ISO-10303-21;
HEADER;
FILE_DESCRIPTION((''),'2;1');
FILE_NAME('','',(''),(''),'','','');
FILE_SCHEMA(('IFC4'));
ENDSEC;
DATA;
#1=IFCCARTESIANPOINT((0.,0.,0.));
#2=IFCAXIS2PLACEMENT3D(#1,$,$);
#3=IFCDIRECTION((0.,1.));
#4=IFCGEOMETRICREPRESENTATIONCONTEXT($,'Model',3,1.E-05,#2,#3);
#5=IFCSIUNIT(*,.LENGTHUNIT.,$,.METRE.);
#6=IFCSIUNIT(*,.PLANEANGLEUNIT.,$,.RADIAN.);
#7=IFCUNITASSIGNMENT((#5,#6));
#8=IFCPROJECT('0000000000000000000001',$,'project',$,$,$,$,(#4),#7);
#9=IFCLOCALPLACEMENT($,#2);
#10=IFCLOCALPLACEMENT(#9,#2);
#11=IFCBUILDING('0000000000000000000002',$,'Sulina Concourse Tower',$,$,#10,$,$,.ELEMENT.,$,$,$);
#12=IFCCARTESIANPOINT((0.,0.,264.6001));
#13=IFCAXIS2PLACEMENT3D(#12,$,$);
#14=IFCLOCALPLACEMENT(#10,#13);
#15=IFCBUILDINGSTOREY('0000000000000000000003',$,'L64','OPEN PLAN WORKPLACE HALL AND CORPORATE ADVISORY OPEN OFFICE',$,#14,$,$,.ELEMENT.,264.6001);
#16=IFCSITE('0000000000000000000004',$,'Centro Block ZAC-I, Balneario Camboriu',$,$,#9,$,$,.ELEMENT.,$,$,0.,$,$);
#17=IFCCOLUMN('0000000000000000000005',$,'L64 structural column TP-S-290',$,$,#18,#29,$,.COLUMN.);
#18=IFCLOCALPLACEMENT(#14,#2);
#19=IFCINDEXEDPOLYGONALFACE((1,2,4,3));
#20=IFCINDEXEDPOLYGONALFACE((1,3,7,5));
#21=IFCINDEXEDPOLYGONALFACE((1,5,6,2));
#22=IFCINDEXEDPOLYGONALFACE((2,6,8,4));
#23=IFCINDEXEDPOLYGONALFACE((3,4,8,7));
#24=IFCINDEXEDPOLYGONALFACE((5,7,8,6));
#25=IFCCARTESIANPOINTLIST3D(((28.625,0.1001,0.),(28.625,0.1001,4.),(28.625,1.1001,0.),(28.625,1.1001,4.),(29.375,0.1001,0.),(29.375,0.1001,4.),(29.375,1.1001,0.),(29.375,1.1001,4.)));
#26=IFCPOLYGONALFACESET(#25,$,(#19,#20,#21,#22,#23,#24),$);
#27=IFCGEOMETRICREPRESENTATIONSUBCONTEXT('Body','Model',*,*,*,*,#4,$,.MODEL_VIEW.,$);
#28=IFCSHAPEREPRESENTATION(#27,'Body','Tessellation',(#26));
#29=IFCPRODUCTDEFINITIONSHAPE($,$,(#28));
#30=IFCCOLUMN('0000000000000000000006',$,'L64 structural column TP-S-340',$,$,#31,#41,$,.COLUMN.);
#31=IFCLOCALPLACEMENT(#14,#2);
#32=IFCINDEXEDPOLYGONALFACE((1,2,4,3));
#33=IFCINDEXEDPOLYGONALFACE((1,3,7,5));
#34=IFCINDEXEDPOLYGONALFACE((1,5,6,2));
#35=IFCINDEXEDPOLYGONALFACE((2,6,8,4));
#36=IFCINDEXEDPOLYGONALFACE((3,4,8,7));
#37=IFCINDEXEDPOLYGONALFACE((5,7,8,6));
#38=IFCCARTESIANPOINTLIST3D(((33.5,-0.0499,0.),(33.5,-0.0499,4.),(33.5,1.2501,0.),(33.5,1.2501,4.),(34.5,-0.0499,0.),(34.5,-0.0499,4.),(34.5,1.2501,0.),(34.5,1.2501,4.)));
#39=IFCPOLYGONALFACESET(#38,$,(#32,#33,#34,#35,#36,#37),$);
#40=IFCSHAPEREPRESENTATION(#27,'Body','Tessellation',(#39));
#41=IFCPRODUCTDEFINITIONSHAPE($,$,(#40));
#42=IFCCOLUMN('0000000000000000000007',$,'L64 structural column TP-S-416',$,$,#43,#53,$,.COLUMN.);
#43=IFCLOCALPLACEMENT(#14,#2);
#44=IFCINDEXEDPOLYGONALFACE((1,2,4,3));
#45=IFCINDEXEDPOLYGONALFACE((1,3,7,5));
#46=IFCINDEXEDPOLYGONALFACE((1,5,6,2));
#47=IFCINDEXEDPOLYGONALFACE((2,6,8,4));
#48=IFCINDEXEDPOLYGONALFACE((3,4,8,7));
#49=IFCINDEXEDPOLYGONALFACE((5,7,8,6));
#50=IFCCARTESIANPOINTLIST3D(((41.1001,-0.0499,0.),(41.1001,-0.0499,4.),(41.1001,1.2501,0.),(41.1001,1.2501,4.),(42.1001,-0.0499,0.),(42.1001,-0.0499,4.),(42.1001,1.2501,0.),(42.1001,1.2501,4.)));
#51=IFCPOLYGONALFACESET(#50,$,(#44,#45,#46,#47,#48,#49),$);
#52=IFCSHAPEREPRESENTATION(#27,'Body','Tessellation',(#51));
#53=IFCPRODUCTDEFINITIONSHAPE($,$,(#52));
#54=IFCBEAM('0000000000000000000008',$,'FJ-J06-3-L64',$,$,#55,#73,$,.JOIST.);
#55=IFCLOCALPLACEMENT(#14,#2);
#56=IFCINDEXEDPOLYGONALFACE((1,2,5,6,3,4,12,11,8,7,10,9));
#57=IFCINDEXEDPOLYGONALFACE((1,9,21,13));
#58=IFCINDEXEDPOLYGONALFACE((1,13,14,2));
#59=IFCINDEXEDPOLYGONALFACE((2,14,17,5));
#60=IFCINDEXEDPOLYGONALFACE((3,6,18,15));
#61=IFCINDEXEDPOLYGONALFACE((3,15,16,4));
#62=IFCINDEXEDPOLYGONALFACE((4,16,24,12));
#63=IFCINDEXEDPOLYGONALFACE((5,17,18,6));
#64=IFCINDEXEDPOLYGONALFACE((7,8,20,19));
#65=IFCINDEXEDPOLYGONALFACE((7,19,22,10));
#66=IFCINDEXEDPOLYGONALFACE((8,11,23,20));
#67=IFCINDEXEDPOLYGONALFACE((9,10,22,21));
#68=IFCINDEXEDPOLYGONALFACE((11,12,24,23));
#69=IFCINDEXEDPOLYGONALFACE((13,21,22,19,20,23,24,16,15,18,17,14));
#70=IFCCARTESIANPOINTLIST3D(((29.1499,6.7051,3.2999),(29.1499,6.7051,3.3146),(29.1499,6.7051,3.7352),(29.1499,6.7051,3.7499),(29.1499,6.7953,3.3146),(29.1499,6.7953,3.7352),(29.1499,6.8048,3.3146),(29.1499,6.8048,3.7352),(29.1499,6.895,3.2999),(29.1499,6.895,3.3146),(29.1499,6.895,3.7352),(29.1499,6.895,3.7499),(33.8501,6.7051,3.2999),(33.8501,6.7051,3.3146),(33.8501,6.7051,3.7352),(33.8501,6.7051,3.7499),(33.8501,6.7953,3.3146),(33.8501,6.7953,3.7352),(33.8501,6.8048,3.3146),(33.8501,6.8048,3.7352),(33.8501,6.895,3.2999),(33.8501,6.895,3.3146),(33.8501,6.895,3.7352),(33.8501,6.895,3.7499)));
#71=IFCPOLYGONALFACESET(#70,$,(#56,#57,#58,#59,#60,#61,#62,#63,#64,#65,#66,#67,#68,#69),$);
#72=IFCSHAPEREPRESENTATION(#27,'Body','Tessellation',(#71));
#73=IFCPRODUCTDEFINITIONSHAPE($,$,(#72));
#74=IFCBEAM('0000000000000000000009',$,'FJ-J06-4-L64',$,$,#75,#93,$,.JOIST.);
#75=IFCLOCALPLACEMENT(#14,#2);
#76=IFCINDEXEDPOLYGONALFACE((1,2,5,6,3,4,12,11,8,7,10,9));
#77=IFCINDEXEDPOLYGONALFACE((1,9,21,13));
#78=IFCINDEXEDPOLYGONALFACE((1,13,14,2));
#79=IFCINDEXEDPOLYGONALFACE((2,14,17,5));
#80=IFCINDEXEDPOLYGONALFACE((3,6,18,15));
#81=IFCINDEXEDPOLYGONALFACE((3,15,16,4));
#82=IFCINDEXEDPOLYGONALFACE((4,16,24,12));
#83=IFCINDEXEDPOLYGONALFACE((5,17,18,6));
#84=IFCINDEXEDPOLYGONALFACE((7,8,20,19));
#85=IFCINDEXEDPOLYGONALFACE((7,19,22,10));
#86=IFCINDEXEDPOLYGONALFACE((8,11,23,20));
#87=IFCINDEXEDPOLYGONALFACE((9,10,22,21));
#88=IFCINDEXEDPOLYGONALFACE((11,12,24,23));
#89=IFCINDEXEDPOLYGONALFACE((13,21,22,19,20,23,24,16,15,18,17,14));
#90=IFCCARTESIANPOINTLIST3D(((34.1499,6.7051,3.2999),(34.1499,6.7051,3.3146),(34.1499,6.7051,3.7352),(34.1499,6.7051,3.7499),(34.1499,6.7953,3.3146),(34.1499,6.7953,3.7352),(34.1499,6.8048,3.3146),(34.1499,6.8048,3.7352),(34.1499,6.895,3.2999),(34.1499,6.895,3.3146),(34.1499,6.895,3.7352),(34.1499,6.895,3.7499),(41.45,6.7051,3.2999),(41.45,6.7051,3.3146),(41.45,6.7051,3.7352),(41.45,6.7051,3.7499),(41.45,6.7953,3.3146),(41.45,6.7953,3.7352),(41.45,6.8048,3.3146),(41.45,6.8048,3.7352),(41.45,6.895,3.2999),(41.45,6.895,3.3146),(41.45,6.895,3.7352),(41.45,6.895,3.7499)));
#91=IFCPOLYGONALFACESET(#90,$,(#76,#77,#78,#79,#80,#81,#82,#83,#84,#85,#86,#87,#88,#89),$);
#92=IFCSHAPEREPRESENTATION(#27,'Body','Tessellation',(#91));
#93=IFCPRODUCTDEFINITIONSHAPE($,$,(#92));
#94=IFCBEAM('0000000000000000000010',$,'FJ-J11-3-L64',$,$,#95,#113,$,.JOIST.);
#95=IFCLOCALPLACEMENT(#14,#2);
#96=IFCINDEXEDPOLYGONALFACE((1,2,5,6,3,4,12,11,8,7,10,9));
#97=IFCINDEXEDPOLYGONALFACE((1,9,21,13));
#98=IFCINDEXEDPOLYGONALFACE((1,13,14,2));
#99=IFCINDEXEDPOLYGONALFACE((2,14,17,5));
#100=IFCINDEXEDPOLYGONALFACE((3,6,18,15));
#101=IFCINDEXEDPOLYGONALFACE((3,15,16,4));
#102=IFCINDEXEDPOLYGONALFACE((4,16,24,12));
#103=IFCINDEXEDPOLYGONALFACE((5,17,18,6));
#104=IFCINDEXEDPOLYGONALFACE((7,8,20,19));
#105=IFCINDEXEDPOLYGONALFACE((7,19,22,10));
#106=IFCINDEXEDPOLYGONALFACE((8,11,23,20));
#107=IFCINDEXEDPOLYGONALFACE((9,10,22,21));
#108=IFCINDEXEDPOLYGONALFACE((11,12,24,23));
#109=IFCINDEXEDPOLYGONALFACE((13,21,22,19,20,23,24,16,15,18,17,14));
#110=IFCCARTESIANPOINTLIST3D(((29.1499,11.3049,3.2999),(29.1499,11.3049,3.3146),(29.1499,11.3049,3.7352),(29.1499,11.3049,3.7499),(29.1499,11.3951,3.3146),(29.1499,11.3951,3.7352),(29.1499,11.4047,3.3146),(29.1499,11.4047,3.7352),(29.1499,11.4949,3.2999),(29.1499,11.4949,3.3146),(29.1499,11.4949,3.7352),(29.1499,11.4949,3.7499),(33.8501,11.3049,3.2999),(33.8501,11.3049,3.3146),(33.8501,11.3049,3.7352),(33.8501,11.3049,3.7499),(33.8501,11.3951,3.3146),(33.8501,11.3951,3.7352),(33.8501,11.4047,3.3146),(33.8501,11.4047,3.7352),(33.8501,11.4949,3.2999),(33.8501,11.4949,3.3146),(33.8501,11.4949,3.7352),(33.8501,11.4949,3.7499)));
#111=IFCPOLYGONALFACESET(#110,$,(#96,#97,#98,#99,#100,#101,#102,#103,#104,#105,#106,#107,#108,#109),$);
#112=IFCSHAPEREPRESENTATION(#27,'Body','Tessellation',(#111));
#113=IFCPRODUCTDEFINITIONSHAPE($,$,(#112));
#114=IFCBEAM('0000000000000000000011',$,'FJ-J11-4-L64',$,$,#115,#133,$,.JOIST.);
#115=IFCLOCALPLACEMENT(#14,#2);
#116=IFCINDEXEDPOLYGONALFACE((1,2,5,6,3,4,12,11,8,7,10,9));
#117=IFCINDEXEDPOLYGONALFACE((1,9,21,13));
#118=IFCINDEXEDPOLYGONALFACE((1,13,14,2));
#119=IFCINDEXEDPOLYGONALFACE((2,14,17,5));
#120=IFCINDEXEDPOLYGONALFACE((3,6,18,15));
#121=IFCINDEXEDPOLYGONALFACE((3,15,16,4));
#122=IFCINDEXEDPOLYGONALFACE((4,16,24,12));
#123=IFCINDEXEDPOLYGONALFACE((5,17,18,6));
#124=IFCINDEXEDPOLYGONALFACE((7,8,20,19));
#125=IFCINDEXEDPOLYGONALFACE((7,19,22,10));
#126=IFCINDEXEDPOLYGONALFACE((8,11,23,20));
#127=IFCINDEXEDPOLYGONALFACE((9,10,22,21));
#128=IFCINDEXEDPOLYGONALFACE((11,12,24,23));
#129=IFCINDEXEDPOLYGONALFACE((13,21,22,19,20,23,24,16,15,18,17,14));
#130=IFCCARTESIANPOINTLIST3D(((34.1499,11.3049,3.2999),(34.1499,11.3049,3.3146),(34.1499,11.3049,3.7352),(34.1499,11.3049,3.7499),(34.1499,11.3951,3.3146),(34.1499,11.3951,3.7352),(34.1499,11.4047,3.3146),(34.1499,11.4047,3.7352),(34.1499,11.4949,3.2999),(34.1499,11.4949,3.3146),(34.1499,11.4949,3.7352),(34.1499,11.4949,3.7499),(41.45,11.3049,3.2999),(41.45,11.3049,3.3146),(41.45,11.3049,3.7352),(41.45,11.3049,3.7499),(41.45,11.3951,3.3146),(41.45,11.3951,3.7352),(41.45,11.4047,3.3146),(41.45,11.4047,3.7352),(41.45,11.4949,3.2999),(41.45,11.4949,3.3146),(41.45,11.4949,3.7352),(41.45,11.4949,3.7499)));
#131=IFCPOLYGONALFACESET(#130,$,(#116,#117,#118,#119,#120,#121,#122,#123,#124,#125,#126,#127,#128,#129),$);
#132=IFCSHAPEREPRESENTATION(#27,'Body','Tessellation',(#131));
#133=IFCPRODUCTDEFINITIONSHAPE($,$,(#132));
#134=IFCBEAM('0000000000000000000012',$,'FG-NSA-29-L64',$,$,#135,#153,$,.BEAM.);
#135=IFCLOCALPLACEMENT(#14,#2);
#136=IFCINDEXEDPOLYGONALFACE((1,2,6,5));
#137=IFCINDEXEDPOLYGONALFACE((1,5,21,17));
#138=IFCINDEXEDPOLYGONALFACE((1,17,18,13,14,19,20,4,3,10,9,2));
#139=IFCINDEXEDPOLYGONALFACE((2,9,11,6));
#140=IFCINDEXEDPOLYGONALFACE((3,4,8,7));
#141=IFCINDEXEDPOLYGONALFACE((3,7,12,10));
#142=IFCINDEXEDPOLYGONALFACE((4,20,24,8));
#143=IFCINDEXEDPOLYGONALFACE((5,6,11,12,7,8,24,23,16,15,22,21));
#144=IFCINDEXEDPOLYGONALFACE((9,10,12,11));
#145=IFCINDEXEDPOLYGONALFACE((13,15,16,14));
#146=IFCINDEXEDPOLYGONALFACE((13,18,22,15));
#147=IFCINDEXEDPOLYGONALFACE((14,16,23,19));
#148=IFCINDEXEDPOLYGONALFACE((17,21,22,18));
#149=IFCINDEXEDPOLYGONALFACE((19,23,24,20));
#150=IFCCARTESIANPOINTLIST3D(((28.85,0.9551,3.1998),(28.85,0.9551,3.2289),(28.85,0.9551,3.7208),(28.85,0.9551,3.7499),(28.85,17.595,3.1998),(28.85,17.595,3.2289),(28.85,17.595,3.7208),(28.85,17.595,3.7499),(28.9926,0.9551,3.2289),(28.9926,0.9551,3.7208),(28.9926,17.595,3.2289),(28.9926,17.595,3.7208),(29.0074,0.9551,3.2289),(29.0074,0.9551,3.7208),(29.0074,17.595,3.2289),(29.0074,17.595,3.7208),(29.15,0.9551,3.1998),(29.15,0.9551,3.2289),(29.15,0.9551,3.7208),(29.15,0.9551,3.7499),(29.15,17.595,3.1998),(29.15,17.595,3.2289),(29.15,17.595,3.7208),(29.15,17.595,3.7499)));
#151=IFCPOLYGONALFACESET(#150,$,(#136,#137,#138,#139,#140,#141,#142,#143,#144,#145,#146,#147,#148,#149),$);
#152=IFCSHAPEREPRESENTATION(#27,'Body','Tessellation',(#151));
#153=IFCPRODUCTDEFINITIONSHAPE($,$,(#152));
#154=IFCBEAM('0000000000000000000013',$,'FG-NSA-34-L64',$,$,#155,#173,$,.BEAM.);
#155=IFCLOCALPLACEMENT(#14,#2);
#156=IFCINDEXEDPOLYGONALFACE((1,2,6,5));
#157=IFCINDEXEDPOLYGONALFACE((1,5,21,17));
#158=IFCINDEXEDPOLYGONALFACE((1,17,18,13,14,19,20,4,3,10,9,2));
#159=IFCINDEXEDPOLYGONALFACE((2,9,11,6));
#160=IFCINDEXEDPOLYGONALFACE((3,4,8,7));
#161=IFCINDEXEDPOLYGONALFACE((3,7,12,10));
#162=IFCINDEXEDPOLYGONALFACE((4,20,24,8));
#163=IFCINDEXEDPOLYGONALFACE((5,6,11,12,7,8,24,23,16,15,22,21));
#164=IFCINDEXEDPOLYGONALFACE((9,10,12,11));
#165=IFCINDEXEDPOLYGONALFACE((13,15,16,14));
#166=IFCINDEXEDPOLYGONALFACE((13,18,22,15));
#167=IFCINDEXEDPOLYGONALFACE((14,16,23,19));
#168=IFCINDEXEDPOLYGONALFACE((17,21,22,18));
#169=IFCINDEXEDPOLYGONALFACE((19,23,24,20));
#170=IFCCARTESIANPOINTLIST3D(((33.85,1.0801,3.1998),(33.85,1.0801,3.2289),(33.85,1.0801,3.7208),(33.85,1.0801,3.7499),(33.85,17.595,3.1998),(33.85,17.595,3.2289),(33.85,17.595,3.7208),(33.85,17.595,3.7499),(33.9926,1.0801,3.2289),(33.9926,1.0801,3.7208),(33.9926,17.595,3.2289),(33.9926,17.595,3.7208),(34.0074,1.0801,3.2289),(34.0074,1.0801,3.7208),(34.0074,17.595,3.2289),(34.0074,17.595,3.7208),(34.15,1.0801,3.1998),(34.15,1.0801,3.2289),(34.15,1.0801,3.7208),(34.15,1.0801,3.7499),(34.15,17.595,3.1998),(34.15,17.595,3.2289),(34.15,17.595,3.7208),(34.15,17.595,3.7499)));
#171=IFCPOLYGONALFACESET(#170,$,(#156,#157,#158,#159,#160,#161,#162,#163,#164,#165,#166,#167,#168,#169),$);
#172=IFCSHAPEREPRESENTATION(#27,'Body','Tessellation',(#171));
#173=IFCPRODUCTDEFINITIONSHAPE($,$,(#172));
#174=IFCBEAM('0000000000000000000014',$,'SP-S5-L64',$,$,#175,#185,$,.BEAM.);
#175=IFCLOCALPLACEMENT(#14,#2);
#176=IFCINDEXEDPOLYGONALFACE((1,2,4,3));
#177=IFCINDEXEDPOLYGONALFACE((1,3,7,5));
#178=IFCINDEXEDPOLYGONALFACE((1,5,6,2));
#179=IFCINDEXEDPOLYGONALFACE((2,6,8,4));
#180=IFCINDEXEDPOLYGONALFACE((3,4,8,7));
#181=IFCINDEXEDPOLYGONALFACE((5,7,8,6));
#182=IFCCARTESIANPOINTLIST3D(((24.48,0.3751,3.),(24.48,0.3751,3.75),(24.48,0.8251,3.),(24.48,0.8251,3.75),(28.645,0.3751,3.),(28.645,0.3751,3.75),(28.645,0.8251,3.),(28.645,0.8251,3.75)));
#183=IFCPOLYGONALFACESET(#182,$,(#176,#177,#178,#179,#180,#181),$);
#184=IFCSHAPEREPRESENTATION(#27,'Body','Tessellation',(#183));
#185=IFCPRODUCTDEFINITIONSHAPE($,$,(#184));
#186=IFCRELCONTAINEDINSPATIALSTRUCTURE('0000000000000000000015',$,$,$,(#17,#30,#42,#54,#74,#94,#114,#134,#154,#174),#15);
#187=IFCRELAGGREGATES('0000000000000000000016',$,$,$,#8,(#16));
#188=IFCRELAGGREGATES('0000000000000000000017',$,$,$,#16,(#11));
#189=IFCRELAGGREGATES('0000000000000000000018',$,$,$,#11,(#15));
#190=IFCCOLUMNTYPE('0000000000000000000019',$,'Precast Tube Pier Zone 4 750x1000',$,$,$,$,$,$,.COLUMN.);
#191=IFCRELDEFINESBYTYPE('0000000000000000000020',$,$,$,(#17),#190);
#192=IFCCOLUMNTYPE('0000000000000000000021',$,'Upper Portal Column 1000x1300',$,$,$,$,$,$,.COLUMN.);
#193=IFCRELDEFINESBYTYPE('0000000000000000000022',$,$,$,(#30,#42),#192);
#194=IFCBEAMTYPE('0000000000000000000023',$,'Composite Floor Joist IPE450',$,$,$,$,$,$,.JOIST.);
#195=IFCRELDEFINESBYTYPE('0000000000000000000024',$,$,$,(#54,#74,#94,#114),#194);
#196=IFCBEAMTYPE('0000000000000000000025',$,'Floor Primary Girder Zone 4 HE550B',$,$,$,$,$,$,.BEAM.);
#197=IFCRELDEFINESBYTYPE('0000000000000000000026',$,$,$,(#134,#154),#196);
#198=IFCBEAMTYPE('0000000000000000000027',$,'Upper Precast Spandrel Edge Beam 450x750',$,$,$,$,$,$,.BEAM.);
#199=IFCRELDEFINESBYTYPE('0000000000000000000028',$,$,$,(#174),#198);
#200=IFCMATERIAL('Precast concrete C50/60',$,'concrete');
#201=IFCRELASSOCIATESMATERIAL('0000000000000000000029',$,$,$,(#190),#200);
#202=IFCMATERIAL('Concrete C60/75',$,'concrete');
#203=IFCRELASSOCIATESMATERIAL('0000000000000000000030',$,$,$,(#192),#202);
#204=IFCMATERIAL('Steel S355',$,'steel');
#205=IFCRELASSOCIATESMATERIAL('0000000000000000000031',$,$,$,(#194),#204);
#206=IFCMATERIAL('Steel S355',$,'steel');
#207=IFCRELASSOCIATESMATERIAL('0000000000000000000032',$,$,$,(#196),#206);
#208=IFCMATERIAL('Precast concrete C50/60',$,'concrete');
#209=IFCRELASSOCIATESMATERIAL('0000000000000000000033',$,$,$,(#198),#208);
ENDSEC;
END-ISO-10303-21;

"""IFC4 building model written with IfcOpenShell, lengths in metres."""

from ifc_helpers import new_model, si_unit, direction, frame, origin, origin_2d, place, context, subcontext, project, spatial, rectangle, i_section, extrude, material, material_profile, profile_set, type_object, element, save


model = new_model("IFC4")

# Units and contexts
model_context = context("Model", 3, precision=1e-05, world=origin(), true_north=direction((0.0, 1.0)))
body_context = subcontext(model_context, "Body", "Model", "MODEL_VIEW")
ifc_project = project(units=[si_unit("LENGTHUNIT", "METRE"), si_unit("PLANEANGLEUNIT", "RADIAN")], contexts=[model_context])

# Site, building, storey
site_placement = place(None, origin())
site = spatial("IfcSite", under=ifc_project, at=site_placement, Name="Centro Block ZAC-I, Balneario Camboriu", CompositionType="ELEMENT", RefElevation=0.0)
building_placement = place(site_placement, origin())
building = spatial("IfcBuilding", under=site, at=building_placement, Name="Sulina Concourse Tower", CompositionType="ELEMENT")
storey_placement = place(building_placement, frame((0.0, 0.0, 264.6001)))
storey = spatial("IfcBuildingStorey", under=building, at=storey_placement, Name="L64", Description="OPEN PLAN WORKPLACE HALL AND CORPORATE ADVISORY OPEN OFFICE", CompositionType="ELEMENT", Elevation=264.6001)

# Columns
ifc_material_1 = material(Name="Precast concrete C50/60", Category="concrete")
ifc_material_profile_1 = material_profile(ifc_material_1, rectangle(XDim=0.75, YDim=1.0, at=origin_2d()), Name="PC 750x1000")
ifc_profile_set_1 = profile_set([ifc_material_profile_1], Name="Precast concrete C50/60")
column_type_1 = type_object("IfcColumnType", Name="Precast Tube Pier Zone 4 750x1000", PredefinedType="COLUMN", material=ifc_profile_set_1)
column_placement = place(storey_placement, frame((29.0, 0.6001, 0.0), z_axis=(0.0, 0.0, 1.0), x_axis=(1.0, 0.0, 0.0)))
element("IfcColumn", 1, at=column_placement, inside=storey, type_object=column_type_1, Name="L64 structural column TP-S-290", PredefinedType="COLUMN", context=body_context, shape_type="SweptSolid", body=[
    extrude(rectangle(XDim=0.75, YDim=1.0, at=origin_2d()), origin(), (0.0, 0.0, 1.0), 4.0),
])
ifc_material_2 = material(Name="Concrete C60/75", Category="concrete")
ifc_material_profile_2 = material_profile(ifc_material_2, rectangle(XDim=1.0, YDim=1.3, at=origin_2d()), Name="RC 1000x1300")
ifc_profile_set_2 = profile_set([ifc_material_profile_2], Name="Concrete C60/75")
column_type_2 = type_object("IfcColumnType", Name="Upper Portal Column 1000x1300", PredefinedType="COLUMN", material=ifc_profile_set_2)
for number, where, z_axis, x_axis, name in (
    (2, (34.0, 0.6001, 0.0), (0.0, 0.0, 1.0), (1.0, 0.0, 0.0), "L64 structural column TP-S-340"),
    (3, (41.6001, 0.6001, 0.0), (0.0, 0.0, 1.0), (1.0, 0.0, 0.0), "L64 structural column TP-S-416"),
):
    element("IfcColumn", number, at=place(storey_placement, frame(where, z_axis=z_axis, x_axis=x_axis)), inside=storey, type_object=column_type_2, Name=name, PredefinedType="COLUMN", context=body_context, shape_type="SweptSolid", body=[
        extrude(rectangle(XDim=1.0, YDim=1.3, at=origin_2d()), origin(), (0.0, 0.0, 1.0), 4.0),
    ])

# Beams
ifc_material_3 = material(Name="Steel S355", Category="steel")
ifc_material_profile_3 = material_profile(ifc_material_3, i_section(OverallWidth=0.1899, OverallDepth=0.45, WebThickness=0.0095, FlangeThickness=0.0146, at=origin_2d()), Name="IPE 450")
ifc_profile_set_3 = profile_set([ifc_material_profile_3], Name="Steel S355")
beam_type_1 = type_object("IfcBeamType", Name="Composite Floor Joist IPE450", PredefinedType="JOIST", material=ifc_profile_set_3)
beam_1_placement = place(storey_placement, frame((29.1499, 6.8, 3.5249), z_axis=(1.0, 0.0, 0.0), x_axis=(0.0, 1.0, 0.0)))
element("IfcBeam", 4, at=beam_1_placement, inside=storey, type_object=beam_type_1, Name="FJ-J06-3-L64", PredefinedType="JOIST", context=body_context, shape_type="SweptSolid", body=[
    extrude(i_section(OverallWidth=0.1899, OverallDepth=0.45, WebThickness=0.0095, FlangeThickness=0.0146, at=origin_2d()), origin(), (0.0, 0.0, 1.0), 4.7002),
])
beam_2_placement = place(storey_placement, frame((34.1499, 6.8, 3.5249), z_axis=(1.0, 0.0, 0.0), x_axis=(0.0, 1.0, 0.0)))
element("IfcBeam", 5, at=beam_2_placement, inside=storey, type_object=beam_type_1, Name="FJ-J06-4-L64", PredefinedType="JOIST", context=body_context, shape_type="SweptSolid", body=[
    extrude(i_section(OverallWidth=0.1899, OverallDepth=0.45, WebThickness=0.0095, FlangeThickness=0.0146, at=origin_2d()), origin(), (0.0, 0.0, 1.0), 7.3),
])
beam_3_placement = place(storey_placement, frame((29.1499, 11.3999, 3.5249), z_axis=(1.0, 0.0, 0.0), x_axis=(0.0, 1.0, 0.0)))
element("IfcBeam", 6, at=beam_3_placement, inside=storey, type_object=beam_type_1, Name="FJ-J11-3-L64", PredefinedType="JOIST", context=body_context, shape_type="SweptSolid", body=[
    extrude(i_section(OverallWidth=0.1899, OverallDepth=0.45, WebThickness=0.0095, FlangeThickness=0.0146, at=origin_2d()), origin(), (0.0, 0.0, 1.0), 4.7002),
])
beam_4_placement = place(storey_placement, frame((34.1499, 11.3999, 3.5249), z_axis=(1.0, 0.0, 0.0), x_axis=(0.0, 1.0, 0.0)))
element("IfcBeam", 7, at=beam_4_placement, inside=storey, type_object=beam_type_1, Name="FJ-J11-4-L64", PredefinedType="JOIST", context=body_context, shape_type="SweptSolid", body=[
    extrude(i_section(OverallWidth=0.1899, OverallDepth=0.45, WebThickness=0.0095, FlangeThickness=0.0146, at=origin_2d()), origin(), (0.0, 0.0, 1.0), 7.3),
])
ifc_material_4 = material(Name="Steel S355", Category="steel")
ifc_material_profile_4 = material_profile(ifc_material_4, i_section(OverallWidth=0.3, OverallDepth=0.55, WebThickness=0.0149, FlangeThickness=0.0291, at=origin_2d()), Name="HE 550 B")
ifc_profile_set_4 = profile_set([ifc_material_profile_4], Name="Steel S355")
beam_type_2 = type_object("IfcBeamType", Name="Floor Primary Girder Zone 4 HE550B", PredefinedType="BEAM", material=ifc_profile_set_4)
beam_5_placement = place(storey_placement, frame((29.0, 0.9551, 3.4749), z_axis=(0.0, 1.0, 0.0), x_axis=(-1.0, 0.0, 0.0)))
element("IfcBeam", 8, at=beam_5_placement, inside=storey, type_object=beam_type_2, Name="FG-NSA-29-L64", PredefinedType="BEAM", context=body_context, shape_type="SweptSolid", body=[
    extrude(i_section(OverallWidth=0.3, OverallDepth=0.55, WebThickness=0.0149, FlangeThickness=0.0291, at=origin_2d()), origin(), (0.0, 0.0, 1.0), 16.6399),
])
beam_6_placement = place(storey_placement, frame((34.0, 1.0801, 3.4749), z_axis=(0.0, 1.0, 0.0), x_axis=(-1.0, 0.0, 0.0)))
element("IfcBeam", 9, at=beam_6_placement, inside=storey, type_object=beam_type_2, Name="FG-NSA-34-L64", PredefinedType="BEAM", context=body_context, shape_type="SweptSolid", body=[
    extrude(i_section(OverallWidth=0.3, OverallDepth=0.55, WebThickness=0.0149, FlangeThickness=0.0291, at=origin_2d()), origin(), (0.0, 0.0, 1.0), 16.5149),
])
ifc_material_5 = material(Name="Precast concrete C50/60", Category="concrete")
ifc_material_profile_5 = material_profile(ifc_material_5, rectangle(XDim=0.45, YDim=0.75, at=origin_2d()), Name="RC 450x750")
ifc_profile_set_5 = profile_set([ifc_material_profile_5], Name="Precast concrete C50/60")
beam_type_3 = type_object("IfcBeamType", Name="Upper Precast Spandrel Edge Beam 450x750", PredefinedType="BEAM", material=ifc_profile_set_5)
for number, where, z_axis, x_axis, name in (
    (10, (24.48, 0.6001, 3.375), (1.0, 0.0, 0.0), (0.0, 1.0, 0.0), "SP-S5-L64"),
):
    element("IfcBeam", number, at=place(storey_placement, frame(where, z_axis=z_axis, x_axis=x_axis)), inside=storey, type_object=beam_type_3, Name=name, PredefinedType="BEAM", context=body_context, shape_type="SweptSolid", body=[
        extrude(rectangle(XDim=0.45, YDim=0.75, at=origin_2d()), origin(), (0.0, 0.0, 1.0), 4.165),
    ])

save(model, "model.ifc")
